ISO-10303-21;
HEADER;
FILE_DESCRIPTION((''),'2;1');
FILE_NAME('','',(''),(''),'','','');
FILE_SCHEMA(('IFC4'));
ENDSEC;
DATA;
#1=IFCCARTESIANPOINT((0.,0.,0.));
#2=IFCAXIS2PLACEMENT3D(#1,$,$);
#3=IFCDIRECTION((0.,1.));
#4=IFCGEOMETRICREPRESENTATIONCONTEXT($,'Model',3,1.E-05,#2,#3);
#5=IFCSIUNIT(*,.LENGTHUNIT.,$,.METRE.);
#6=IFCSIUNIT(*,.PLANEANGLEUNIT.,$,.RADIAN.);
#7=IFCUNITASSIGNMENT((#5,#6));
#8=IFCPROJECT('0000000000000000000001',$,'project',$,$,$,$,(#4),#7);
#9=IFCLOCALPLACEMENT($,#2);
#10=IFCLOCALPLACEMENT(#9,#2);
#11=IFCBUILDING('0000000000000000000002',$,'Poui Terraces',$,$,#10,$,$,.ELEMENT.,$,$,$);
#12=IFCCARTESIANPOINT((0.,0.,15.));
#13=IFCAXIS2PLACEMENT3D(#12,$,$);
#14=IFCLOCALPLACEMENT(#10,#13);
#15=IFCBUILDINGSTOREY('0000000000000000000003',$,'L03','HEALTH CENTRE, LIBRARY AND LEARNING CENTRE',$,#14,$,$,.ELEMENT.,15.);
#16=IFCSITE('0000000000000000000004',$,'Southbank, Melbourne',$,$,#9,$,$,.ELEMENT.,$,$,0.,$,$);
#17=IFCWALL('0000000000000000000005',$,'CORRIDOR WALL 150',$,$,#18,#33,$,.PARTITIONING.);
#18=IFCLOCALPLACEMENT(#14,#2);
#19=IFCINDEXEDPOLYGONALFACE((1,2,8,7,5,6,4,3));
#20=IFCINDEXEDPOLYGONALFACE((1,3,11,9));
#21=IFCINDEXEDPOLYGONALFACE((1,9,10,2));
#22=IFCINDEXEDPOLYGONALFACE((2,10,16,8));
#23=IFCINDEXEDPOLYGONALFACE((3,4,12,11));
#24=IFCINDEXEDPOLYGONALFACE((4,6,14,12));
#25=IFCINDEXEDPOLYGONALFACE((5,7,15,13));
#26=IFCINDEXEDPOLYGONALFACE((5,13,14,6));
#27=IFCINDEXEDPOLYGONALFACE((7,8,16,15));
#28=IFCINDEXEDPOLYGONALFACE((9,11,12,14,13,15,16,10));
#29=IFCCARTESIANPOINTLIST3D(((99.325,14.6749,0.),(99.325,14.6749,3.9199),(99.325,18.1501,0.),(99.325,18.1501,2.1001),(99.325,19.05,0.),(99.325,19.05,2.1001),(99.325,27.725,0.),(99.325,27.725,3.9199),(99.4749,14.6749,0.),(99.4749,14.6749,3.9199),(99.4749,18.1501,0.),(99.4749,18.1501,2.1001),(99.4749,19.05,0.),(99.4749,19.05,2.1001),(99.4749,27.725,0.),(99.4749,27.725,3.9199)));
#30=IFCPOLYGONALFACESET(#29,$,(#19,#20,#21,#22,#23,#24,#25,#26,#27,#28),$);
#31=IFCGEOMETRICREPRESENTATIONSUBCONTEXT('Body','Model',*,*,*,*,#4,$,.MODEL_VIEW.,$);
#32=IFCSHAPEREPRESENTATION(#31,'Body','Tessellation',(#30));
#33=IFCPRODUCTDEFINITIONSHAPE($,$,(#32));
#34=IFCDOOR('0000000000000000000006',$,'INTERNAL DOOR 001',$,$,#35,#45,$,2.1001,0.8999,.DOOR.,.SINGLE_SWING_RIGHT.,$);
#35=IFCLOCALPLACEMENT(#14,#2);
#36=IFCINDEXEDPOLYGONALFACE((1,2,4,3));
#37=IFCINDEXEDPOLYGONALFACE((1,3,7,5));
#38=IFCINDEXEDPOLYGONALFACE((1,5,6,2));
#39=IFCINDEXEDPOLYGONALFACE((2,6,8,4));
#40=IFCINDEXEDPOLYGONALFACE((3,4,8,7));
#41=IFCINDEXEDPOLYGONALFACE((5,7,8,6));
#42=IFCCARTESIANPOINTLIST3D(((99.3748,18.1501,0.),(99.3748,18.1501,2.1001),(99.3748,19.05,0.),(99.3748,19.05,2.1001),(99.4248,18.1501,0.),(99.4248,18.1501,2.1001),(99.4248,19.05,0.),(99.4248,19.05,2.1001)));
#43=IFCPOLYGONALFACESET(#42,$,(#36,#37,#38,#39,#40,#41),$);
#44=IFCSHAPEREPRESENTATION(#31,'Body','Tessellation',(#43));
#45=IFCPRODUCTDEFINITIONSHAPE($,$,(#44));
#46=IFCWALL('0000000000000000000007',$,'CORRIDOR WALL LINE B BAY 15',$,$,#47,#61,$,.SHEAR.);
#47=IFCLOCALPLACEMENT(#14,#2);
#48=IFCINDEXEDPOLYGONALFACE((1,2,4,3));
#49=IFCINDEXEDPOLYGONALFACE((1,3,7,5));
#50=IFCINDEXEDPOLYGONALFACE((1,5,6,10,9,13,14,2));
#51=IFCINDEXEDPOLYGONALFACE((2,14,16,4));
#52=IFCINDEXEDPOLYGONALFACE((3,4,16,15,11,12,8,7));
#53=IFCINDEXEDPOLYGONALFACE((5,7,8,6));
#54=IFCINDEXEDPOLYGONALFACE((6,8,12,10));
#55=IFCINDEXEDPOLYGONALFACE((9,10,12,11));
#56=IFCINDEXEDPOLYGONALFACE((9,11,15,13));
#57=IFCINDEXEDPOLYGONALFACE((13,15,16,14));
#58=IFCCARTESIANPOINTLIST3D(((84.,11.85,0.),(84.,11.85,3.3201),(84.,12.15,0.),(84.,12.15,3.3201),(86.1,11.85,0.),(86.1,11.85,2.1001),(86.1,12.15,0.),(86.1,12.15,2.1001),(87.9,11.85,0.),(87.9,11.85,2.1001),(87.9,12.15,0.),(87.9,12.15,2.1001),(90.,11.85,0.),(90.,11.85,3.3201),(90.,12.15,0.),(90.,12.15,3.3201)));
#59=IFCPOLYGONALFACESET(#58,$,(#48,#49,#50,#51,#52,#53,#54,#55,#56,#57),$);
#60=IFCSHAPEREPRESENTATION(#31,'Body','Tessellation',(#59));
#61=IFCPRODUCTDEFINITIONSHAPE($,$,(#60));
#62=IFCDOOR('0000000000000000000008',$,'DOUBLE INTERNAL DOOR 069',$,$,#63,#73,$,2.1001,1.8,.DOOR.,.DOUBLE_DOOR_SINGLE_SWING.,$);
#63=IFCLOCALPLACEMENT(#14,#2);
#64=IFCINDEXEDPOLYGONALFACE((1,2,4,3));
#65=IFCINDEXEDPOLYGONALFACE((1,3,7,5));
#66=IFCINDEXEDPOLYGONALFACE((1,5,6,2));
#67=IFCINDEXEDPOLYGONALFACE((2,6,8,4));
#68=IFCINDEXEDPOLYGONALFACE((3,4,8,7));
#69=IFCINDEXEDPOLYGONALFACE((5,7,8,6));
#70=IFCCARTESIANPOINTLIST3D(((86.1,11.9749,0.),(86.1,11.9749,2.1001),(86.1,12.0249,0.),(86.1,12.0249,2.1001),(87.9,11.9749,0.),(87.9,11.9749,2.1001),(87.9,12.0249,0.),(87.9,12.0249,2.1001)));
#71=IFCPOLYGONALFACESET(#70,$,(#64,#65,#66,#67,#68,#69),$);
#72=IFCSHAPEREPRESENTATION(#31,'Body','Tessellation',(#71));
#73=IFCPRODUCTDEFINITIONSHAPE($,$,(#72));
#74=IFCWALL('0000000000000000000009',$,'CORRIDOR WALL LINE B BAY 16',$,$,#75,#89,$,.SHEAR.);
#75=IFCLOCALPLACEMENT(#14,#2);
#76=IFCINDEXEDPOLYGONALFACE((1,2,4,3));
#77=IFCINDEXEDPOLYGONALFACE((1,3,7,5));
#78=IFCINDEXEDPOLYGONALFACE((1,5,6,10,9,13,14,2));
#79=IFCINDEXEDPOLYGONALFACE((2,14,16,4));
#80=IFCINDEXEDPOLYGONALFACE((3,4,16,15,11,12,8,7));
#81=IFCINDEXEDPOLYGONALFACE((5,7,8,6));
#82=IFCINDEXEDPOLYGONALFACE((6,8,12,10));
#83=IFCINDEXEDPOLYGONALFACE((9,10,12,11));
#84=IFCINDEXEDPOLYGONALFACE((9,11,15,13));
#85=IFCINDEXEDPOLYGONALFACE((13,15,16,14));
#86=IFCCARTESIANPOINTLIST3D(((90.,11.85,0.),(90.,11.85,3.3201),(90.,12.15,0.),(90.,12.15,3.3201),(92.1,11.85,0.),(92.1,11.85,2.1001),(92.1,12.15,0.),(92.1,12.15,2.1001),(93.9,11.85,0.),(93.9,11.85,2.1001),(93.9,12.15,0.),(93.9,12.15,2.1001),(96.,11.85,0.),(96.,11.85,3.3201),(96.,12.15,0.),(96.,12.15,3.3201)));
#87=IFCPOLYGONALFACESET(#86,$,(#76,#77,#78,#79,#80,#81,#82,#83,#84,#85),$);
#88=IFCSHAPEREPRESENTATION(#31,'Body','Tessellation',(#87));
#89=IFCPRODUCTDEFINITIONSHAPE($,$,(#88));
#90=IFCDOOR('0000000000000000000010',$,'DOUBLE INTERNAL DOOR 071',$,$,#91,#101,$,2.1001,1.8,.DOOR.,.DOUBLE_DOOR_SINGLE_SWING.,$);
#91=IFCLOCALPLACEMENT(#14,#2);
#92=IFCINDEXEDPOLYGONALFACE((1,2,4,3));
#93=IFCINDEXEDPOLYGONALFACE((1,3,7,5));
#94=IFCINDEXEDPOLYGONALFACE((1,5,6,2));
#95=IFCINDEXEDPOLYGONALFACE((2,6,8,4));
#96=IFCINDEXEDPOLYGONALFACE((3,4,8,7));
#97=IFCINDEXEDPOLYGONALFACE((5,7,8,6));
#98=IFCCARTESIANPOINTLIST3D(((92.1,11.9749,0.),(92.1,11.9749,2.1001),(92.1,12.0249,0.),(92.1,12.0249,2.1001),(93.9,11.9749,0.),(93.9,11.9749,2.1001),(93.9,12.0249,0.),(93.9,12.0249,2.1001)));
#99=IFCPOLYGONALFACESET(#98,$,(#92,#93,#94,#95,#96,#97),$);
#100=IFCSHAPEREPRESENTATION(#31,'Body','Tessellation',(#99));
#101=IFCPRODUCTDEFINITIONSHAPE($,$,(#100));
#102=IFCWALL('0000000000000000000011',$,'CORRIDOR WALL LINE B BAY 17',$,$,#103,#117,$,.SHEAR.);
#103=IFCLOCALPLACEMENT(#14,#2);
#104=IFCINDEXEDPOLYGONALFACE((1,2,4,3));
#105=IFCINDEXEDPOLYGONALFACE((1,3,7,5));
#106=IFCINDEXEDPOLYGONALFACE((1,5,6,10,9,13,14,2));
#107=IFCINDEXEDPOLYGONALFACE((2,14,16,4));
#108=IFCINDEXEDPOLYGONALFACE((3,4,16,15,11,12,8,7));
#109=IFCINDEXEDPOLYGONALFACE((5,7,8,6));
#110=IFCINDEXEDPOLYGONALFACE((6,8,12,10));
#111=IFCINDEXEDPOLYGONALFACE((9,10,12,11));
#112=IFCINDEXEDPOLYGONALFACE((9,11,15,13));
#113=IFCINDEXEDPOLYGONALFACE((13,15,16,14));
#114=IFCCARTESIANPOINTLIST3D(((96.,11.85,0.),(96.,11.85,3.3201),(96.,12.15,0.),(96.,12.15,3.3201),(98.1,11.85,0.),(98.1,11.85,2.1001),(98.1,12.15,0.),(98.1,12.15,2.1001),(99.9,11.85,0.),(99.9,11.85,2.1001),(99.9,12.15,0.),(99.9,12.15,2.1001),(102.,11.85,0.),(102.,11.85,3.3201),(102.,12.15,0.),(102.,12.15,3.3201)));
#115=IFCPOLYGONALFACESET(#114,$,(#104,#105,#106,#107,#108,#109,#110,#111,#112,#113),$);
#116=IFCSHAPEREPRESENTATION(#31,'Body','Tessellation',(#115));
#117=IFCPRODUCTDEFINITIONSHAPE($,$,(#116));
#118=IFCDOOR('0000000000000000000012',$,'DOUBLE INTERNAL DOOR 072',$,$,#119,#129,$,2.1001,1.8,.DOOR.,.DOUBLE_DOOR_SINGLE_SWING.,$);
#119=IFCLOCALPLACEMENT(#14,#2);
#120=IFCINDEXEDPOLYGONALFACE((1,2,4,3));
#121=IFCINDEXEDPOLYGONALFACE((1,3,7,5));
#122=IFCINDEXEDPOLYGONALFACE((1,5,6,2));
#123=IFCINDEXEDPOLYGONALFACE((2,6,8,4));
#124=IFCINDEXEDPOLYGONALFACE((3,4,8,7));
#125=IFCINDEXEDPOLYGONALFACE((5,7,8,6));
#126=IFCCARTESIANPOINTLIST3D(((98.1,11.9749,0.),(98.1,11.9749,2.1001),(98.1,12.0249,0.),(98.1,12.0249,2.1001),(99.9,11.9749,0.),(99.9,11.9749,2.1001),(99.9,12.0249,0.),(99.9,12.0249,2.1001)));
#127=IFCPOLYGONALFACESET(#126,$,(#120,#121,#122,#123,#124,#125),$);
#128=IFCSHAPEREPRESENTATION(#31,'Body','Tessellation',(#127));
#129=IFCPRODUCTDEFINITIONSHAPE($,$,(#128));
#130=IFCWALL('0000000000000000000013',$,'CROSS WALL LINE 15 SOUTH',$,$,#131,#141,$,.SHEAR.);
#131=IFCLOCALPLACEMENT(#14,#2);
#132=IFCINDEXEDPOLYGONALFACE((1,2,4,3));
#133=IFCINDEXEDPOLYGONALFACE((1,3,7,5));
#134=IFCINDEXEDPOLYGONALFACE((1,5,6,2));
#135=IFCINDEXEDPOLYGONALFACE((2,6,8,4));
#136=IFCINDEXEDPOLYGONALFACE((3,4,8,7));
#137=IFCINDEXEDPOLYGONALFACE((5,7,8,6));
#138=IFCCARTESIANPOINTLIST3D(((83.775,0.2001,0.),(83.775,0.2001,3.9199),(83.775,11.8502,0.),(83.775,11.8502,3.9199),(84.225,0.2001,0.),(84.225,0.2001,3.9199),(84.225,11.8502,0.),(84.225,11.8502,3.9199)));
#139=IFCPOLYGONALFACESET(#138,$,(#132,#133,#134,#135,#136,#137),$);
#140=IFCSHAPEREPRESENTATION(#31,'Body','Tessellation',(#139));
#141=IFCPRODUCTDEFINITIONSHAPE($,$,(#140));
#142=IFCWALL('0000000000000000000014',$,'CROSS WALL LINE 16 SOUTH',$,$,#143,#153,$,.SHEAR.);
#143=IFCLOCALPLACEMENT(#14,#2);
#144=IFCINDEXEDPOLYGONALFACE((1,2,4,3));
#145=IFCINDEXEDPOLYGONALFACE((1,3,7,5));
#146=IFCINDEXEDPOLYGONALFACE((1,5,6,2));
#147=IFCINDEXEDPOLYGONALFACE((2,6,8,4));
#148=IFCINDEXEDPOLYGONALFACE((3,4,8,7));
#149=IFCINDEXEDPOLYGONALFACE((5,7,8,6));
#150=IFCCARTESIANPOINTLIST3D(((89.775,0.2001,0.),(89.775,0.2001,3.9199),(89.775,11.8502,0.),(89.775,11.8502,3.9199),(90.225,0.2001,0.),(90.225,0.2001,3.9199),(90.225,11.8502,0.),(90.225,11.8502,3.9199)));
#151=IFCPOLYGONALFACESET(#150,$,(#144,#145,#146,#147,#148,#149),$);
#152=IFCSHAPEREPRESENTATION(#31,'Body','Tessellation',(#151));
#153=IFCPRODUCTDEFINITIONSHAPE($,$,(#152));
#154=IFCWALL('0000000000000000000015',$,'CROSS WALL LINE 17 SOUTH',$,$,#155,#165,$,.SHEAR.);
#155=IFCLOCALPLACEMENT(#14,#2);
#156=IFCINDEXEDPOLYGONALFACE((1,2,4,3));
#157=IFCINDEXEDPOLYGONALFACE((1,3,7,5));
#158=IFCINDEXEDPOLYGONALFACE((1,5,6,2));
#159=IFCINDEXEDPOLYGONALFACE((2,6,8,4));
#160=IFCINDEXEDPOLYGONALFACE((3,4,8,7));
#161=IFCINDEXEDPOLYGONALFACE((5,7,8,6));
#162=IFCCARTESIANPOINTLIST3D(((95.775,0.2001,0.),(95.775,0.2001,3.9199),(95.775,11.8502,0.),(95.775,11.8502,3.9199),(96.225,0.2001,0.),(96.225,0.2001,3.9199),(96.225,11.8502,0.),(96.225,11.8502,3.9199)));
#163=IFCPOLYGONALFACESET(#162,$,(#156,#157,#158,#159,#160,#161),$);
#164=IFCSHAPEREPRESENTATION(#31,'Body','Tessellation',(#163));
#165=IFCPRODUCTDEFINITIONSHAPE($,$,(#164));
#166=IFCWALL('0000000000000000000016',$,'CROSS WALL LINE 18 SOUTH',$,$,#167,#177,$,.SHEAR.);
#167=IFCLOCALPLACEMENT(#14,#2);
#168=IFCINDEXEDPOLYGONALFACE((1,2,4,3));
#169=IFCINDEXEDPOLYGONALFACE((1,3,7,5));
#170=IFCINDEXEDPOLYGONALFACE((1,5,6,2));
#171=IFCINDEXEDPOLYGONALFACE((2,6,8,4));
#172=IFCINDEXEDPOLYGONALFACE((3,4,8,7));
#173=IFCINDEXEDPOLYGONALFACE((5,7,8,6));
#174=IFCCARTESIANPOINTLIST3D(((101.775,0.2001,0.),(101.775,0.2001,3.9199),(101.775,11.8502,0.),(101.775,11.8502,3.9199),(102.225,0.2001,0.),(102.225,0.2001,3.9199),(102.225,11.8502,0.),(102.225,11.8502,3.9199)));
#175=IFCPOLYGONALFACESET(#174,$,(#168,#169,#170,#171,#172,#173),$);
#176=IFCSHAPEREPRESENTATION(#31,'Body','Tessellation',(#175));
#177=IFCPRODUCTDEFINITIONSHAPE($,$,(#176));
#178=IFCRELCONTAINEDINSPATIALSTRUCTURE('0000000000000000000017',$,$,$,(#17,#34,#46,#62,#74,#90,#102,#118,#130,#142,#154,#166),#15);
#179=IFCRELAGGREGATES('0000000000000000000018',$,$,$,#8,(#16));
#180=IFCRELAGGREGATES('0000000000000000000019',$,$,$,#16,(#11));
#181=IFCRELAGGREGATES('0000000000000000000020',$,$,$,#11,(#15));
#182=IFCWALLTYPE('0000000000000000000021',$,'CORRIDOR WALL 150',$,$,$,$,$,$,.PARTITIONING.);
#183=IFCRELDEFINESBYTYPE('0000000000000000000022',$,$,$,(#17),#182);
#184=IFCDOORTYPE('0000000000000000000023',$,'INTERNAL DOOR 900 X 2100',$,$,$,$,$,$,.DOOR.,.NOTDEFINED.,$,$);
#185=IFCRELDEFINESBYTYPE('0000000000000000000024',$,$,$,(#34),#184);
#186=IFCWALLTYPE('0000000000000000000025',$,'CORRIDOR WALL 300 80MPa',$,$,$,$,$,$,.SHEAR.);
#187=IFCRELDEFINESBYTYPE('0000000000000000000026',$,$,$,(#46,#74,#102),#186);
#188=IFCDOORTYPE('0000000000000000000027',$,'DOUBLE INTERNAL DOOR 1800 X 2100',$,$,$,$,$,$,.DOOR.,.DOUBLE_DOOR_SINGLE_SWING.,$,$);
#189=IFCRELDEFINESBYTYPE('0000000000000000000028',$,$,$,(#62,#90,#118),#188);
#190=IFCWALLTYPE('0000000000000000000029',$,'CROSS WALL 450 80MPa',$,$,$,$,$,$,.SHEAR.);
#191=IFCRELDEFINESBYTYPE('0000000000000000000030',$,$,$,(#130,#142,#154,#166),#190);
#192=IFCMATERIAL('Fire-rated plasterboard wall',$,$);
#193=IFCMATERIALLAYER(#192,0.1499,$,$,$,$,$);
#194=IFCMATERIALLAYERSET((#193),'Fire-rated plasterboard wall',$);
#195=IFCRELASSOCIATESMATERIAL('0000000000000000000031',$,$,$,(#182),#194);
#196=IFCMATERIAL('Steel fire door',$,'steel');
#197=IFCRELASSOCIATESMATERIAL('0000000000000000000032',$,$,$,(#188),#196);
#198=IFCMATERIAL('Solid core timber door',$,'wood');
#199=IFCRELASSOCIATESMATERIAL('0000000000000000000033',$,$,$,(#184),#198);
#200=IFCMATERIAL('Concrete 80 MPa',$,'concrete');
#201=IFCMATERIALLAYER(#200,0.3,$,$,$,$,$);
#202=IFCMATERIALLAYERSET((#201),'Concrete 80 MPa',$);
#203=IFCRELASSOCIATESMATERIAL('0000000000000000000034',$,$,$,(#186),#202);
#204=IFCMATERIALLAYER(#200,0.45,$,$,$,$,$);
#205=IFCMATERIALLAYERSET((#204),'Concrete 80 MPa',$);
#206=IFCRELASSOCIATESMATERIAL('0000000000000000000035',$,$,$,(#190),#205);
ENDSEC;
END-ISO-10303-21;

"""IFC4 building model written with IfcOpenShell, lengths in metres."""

from ifc_helpers import new_model, si_unit, direction, frame, frame_2d, origin, place, context, subcontext, project, spatial, rectangle, extrude, material, layer, layer_set, type_object, element, fill, save


model = new_model("IFC4")

# Units and contexts
model_context = context("Model", 3, precision=1e-05, world=origin(), true_north=direction((0.0, 1.0)))
body_context = subcontext(model_context, "Body", "Model", "MODEL_VIEW")
ifc_project = project(units=[si_unit("LENGTHUNIT", "METRE"), si_unit("PLANEANGLEUNIT", "RADIAN")], contexts=[model_context])

# Site, building, storey
site_placement = place(None, origin())
site = spatial("IfcSite", under=ifc_project, at=site_placement, Name="Southbank, Melbourne", CompositionType="ELEMENT", RefElevation=0.0)
building_placement = place(site_placement, origin())
building = spatial("IfcBuilding", under=site, at=building_placement, Name="Poui Terraces", CompositionType="ELEMENT")
storey_placement = place(building_placement, frame((0.0, 0.0, 15.0)))
storey = spatial("IfcBuildingStorey", under=building, at=storey_placement, Name="L03", Description="HEALTH CENTRE, LIBRARY AND LEARNING CENTRE", CompositionType="ELEMENT", Elevation=15.0)

# Shared definitions
ifc_material_1 = material(Name="Concrete 80 MPa", Category="concrete")

# Shared definitions
ifc_material_2 = material(Name="Fire-rated plasterboard wall")
ifc_layer_1 = layer(ifc_material_2, 0.1499)
ifc_layer_set_1 = layer_set([ifc_layer_1], Name="Fire-rated plasterboard wall")
wall_type_1 = type_object("IfcWallType", Name="CORRIDOR WALL 150", PredefinedType="PARTITIONING", material=ifc_layer_set_1)
ifc_material_3 = material(Name="Steel fire door", Category="steel")
door_type_1 = type_object("IfcDoorType", Name="DOUBLE INTERNAL DOOR 1800 X 2100", OperationType="DOUBLE_DOOR_SINGLE_SWING", PredefinedType="DOOR", material=ifc_material_3)

# Shared definitions
ifc_material_4 = material(Name="Solid core timber door", Category="wood")
door_type_2 = type_object("IfcDoorType", Name="INTERNAL DOOR 900 X 2100", OperationType="NOTDEFINED", PredefinedType="DOOR", material=ifc_material_4)

# Walls, openings, doors
wall_1_placement = place(storey_placement, frame((99.3999, 14.675, 0.0), z_axis=(0.0, 0.0, 1.0), x_axis=(0.0, 1.0, 0.0)))
wall_1 = element("IfcWall", 1, at=wall_1_placement, inside=storey, type_object=wall_type_1, Name="CORRIDOR WALL 150", PredefinedType="PARTITIONING", context=body_context, shape_type="SweptSolid", body=[
    extrude(rectangle(XDim=13.05, YDim=0.1499, at=frame_2d((6.5249, 0.0))), origin(), (0.0, 0.0, 1.0), 3.9199),
])
opening_1_placement = place(wall_1_placement, frame((3.4751, 0.0, 0.0)))
opening_1 = element("IfcOpeningElement", 2, at=opening_1_placement, cuts=wall_1, PredefinedType="OPENING", context=body_context, shape_type="SweptSolid", body=[
    extrude(rectangle(XDim=0.8999, YDim=2.1001, at=frame_2d((0.45, 1.05))), frame((0.0, 0.085, 0.0), z_axis=(0.0, -1.0, 0.0), x_axis=(1.0, 0.0, 0.0)), (0.0, 0.0, 1.0), 0.1699),
])
door_1_placement = place(opening_1_placement, frame((0.8999, 0.0, 0.0), z_axis=(0.0, 0.0, 1.0), x_axis=(-1.0, 0.0, 0.0)))
door_1 = element("IfcDoor", 3, at=door_1_placement, inside=storey, type_object=door_type_2, Name="INTERNAL DOOR 001", OperationType="SINGLE_SWING_RIGHT", OverallHeight=2.1001, OverallWidth=0.8999, PredefinedType="DOOR", context=body_context, shape_type="SweptSolid", body=[
    extrude(rectangle(XDim=0.8999, YDim=2.1001, at=frame_2d((0.45, 1.05))), frame((0.0, 0.0249, 0.0), z_axis=(0.0, -1.0, 0.0), x_axis=(1.0, 0.0, 0.0)), (0.0, 0.0, 1.0), 0.05),
])
fill(opening_1, door_1)
ifc_layer_2 = layer(ifc_material_1, 0.3)
ifc_layer_set_2 = layer_set([ifc_layer_2], Name="Concrete 80 MPa")
wall_type_2 = type_object("IfcWallType", Name="CORRIDOR WALL 300 80MPa", PredefinedType="SHEAR", material=ifc_layer_set_2)
wall_2_placement = place(storey_placement, frame((84.0, 12.0, 0.0), z_axis=(0.0, 0.0, 1.0), x_axis=(1.0, 0.0, 0.0)))
wall_2 = element("IfcWall", 4, at=wall_2_placement, inside=storey, type_object=wall_type_2, Name="CORRIDOR WALL LINE B BAY 15", PredefinedType="SHEAR", context=body_context, shape_type="SweptSolid", body=[
    extrude(rectangle(XDim=6.0, YDim=0.3, at=frame_2d((3.0, 0.0))), origin(), (0.0, 0.0, 1.0), 3.3201),
])
opening_2_placement = place(wall_2_placement, frame((2.1001, 0.0, 0.0)))
opening_2 = element("IfcOpeningElement", 5, at=opening_2_placement, cuts=wall_2, PredefinedType="OPENING", context=body_context, shape_type="SweptSolid", body=[
    extrude(rectangle(XDim=1.8, YDim=2.1001, at=frame_2d((0.8999, 1.05))), frame((0.0, 0.1602, 0.0), z_axis=(0.0, -1.0, 0.0), x_axis=(1.0, 0.0, 0.0)), (0.0, 0.0, 1.0), 0.3201),
])
door_2_placement = place(opening_2_placement, origin())
door_2 = element("IfcDoor", 6, at=door_2_placement, inside=storey, type_object=door_type_1, Name="DOUBLE INTERNAL DOOR 069", OperationType="DOUBLE_DOOR_SINGLE_SWING", OverallHeight=2.1001, OverallWidth=1.8, PredefinedType="DOOR", context=body_context, shape_type="SweptSolid", body=[
    extrude(rectangle(XDim=1.8, YDim=2.1001, at=frame_2d((0.8999, 1.05))), frame((0.0, 0.0249, 0.0), z_axis=(0.0, -1.0, 0.0), x_axis=(1.0, 0.0, 0.0)), (0.0, 0.0, 1.0), 0.05),
])
fill(opening_2, door_2)
wall_3_placement = place(storey_placement, frame((90.0, 12.0, 0.0), z_axis=(0.0, 0.0, 1.0), x_axis=(1.0, 0.0, 0.0)))
wall_3 = element("IfcWall", 7, at=wall_3_placement, inside=storey, type_object=wall_type_2, Name="CORRIDOR WALL LINE B BAY 16", PredefinedType="SHEAR", context=body_context, shape_type="SweptSolid", body=[
    extrude(rectangle(XDim=6.0, YDim=0.3, at=frame_2d((3.0, 0.0))), origin(), (0.0, 0.0, 1.0), 3.3201),
])
opening_3_placement = place(wall_3_placement, frame((2.1001, 0.0, 0.0)))
opening_3 = element("IfcOpeningElement", 8, at=opening_3_placement, cuts=wall_3, PredefinedType="OPENING", context=body_context, shape_type="SweptSolid", body=[
    extrude(rectangle(XDim=1.8, YDim=2.1001, at=frame_2d((0.8999, 1.05))), frame((0.0, 0.1602, 0.0), z_axis=(0.0, -1.0, 0.0), x_axis=(1.0, 0.0, 0.0)), (0.0, 0.0, 1.0), 0.3201),
])
door_3_placement = place(opening_3_placement, origin())
door_3 = element("IfcDoor", 9, at=door_3_placement, inside=storey, type_object=door_type_1, Name="DOUBLE INTERNAL DOOR 071", OperationType="DOUBLE_DOOR_SINGLE_SWING", OverallHeight=2.1001, OverallWidth=1.8, PredefinedType="DOOR", context=body_context, shape_type="SweptSolid", body=[
    extrude(rectangle(XDim=1.8, YDim=2.1001, at=frame_2d((0.8999, 1.05))), frame((0.0, 0.0249, 0.0), z_axis=(0.0, -1.0, 0.0), x_axis=(1.0, 0.0, 0.0)), (0.0, 0.0, 1.0), 0.05),
])
fill(opening_3, door_3)
wall_4_placement = place(storey_placement, frame((96.0, 12.0, 0.0), z_axis=(0.0, 0.0, 1.0), x_axis=(1.0, 0.0, 0.0)))
wall_4 = element("IfcWall", 10, at=wall_4_placement, inside=storey, type_object=wall_type_2, Name="CORRIDOR WALL LINE B BAY 17", PredefinedType="SHEAR", context=body_context, shape_type="SweptSolid", body=[
    extrude(rectangle(XDim=6.0, YDim=0.3, at=frame_2d((3.0, 0.0))), origin(), (0.0, 0.0, 1.0), 3.3201),
])
opening_4_placement = place(wall_4_placement, frame((2.1001, 0.0, 0.0)))
opening_4 = element("IfcOpeningElement", 11, at=opening_4_placement, cuts=wall_4, PredefinedType="OPENING", context=body_context, shape_type="SweptSolid", body=[
    extrude(rectangle(XDim=1.8, YDim=2.1001, at=frame_2d((0.8999, 1.05))), frame((0.0, 0.1602, 0.0), z_axis=(0.0, -1.0, 0.0), x_axis=(1.0, 0.0, 0.0)), (0.0, 0.0, 1.0), 0.3201),
])
door_4_placement = place(opening_4_placement, origin())
door_4 = element("IfcDoor", 12, at=door_4_placement, inside=storey, type_object=door_type_1, Name="DOUBLE INTERNAL DOOR 072", OperationType="DOUBLE_DOOR_SINGLE_SWING", OverallHeight=2.1001, OverallWidth=1.8, PredefinedType="DOOR", context=body_context, shape_type="SweptSolid", body=[
    extrude(rectangle(XDim=1.8, YDim=2.1001, at=frame_2d((0.8999, 1.05))), frame((0.0, 0.0249, 0.0), z_axis=(0.0, -1.0, 0.0), x_axis=(1.0, 0.0, 0.0)), (0.0, 0.0, 1.0), 0.05),
])
fill(opening_4, door_4)

# Walls
ifc_layer_3 = layer(ifc_material_1, 0.45)
ifc_layer_set_3 = layer_set([ifc_layer_3], Name="Concrete 80 MPa")
wall_type_3 = type_object("IfcWallType", Name="CROSS WALL 450 80MPa", PredefinedType="SHEAR", material=ifc_layer_set_3)
for number, where, z_axis, x_axis, name in (
    (13, (84.0, 0.2, 0.0), (0.0, 0.0, 1.0), (0.0, 1.0, 0.0), "CROSS WALL LINE 15 SOUTH"),
    (14, (90.0, 0.2, 0.0), (0.0, 0.0, 1.0), (0.0, 1.0, 0.0), "CROSS WALL LINE 16 SOUTH"),
    (15, (96.0, 0.2, 0.0), (0.0, 0.0, 1.0), (0.0, 1.0, 0.0), "CROSS WALL LINE 17 SOUTH"),
    (16, (102.0, 0.2, 0.0), (0.0, 0.0, 1.0), (0.0, 1.0, 0.0), "CROSS WALL LINE 18 SOUTH"),
):
    element("IfcWall", number, at=place(storey_placement, frame(where, z_axis=z_axis, x_axis=x_axis)), inside=storey, type_object=wall_type_3, Name=name, PredefinedType="SHEAR", context=body_context, shape_type="SweptSolid", body=[
        extrude(rectangle(XDim=11.6501, YDim=0.45, at=frame_2d((5.8252, 0.0))), origin(), (0.0, 0.0, 1.0), 3.9199),
    ])

save(model, "model.ifc")
